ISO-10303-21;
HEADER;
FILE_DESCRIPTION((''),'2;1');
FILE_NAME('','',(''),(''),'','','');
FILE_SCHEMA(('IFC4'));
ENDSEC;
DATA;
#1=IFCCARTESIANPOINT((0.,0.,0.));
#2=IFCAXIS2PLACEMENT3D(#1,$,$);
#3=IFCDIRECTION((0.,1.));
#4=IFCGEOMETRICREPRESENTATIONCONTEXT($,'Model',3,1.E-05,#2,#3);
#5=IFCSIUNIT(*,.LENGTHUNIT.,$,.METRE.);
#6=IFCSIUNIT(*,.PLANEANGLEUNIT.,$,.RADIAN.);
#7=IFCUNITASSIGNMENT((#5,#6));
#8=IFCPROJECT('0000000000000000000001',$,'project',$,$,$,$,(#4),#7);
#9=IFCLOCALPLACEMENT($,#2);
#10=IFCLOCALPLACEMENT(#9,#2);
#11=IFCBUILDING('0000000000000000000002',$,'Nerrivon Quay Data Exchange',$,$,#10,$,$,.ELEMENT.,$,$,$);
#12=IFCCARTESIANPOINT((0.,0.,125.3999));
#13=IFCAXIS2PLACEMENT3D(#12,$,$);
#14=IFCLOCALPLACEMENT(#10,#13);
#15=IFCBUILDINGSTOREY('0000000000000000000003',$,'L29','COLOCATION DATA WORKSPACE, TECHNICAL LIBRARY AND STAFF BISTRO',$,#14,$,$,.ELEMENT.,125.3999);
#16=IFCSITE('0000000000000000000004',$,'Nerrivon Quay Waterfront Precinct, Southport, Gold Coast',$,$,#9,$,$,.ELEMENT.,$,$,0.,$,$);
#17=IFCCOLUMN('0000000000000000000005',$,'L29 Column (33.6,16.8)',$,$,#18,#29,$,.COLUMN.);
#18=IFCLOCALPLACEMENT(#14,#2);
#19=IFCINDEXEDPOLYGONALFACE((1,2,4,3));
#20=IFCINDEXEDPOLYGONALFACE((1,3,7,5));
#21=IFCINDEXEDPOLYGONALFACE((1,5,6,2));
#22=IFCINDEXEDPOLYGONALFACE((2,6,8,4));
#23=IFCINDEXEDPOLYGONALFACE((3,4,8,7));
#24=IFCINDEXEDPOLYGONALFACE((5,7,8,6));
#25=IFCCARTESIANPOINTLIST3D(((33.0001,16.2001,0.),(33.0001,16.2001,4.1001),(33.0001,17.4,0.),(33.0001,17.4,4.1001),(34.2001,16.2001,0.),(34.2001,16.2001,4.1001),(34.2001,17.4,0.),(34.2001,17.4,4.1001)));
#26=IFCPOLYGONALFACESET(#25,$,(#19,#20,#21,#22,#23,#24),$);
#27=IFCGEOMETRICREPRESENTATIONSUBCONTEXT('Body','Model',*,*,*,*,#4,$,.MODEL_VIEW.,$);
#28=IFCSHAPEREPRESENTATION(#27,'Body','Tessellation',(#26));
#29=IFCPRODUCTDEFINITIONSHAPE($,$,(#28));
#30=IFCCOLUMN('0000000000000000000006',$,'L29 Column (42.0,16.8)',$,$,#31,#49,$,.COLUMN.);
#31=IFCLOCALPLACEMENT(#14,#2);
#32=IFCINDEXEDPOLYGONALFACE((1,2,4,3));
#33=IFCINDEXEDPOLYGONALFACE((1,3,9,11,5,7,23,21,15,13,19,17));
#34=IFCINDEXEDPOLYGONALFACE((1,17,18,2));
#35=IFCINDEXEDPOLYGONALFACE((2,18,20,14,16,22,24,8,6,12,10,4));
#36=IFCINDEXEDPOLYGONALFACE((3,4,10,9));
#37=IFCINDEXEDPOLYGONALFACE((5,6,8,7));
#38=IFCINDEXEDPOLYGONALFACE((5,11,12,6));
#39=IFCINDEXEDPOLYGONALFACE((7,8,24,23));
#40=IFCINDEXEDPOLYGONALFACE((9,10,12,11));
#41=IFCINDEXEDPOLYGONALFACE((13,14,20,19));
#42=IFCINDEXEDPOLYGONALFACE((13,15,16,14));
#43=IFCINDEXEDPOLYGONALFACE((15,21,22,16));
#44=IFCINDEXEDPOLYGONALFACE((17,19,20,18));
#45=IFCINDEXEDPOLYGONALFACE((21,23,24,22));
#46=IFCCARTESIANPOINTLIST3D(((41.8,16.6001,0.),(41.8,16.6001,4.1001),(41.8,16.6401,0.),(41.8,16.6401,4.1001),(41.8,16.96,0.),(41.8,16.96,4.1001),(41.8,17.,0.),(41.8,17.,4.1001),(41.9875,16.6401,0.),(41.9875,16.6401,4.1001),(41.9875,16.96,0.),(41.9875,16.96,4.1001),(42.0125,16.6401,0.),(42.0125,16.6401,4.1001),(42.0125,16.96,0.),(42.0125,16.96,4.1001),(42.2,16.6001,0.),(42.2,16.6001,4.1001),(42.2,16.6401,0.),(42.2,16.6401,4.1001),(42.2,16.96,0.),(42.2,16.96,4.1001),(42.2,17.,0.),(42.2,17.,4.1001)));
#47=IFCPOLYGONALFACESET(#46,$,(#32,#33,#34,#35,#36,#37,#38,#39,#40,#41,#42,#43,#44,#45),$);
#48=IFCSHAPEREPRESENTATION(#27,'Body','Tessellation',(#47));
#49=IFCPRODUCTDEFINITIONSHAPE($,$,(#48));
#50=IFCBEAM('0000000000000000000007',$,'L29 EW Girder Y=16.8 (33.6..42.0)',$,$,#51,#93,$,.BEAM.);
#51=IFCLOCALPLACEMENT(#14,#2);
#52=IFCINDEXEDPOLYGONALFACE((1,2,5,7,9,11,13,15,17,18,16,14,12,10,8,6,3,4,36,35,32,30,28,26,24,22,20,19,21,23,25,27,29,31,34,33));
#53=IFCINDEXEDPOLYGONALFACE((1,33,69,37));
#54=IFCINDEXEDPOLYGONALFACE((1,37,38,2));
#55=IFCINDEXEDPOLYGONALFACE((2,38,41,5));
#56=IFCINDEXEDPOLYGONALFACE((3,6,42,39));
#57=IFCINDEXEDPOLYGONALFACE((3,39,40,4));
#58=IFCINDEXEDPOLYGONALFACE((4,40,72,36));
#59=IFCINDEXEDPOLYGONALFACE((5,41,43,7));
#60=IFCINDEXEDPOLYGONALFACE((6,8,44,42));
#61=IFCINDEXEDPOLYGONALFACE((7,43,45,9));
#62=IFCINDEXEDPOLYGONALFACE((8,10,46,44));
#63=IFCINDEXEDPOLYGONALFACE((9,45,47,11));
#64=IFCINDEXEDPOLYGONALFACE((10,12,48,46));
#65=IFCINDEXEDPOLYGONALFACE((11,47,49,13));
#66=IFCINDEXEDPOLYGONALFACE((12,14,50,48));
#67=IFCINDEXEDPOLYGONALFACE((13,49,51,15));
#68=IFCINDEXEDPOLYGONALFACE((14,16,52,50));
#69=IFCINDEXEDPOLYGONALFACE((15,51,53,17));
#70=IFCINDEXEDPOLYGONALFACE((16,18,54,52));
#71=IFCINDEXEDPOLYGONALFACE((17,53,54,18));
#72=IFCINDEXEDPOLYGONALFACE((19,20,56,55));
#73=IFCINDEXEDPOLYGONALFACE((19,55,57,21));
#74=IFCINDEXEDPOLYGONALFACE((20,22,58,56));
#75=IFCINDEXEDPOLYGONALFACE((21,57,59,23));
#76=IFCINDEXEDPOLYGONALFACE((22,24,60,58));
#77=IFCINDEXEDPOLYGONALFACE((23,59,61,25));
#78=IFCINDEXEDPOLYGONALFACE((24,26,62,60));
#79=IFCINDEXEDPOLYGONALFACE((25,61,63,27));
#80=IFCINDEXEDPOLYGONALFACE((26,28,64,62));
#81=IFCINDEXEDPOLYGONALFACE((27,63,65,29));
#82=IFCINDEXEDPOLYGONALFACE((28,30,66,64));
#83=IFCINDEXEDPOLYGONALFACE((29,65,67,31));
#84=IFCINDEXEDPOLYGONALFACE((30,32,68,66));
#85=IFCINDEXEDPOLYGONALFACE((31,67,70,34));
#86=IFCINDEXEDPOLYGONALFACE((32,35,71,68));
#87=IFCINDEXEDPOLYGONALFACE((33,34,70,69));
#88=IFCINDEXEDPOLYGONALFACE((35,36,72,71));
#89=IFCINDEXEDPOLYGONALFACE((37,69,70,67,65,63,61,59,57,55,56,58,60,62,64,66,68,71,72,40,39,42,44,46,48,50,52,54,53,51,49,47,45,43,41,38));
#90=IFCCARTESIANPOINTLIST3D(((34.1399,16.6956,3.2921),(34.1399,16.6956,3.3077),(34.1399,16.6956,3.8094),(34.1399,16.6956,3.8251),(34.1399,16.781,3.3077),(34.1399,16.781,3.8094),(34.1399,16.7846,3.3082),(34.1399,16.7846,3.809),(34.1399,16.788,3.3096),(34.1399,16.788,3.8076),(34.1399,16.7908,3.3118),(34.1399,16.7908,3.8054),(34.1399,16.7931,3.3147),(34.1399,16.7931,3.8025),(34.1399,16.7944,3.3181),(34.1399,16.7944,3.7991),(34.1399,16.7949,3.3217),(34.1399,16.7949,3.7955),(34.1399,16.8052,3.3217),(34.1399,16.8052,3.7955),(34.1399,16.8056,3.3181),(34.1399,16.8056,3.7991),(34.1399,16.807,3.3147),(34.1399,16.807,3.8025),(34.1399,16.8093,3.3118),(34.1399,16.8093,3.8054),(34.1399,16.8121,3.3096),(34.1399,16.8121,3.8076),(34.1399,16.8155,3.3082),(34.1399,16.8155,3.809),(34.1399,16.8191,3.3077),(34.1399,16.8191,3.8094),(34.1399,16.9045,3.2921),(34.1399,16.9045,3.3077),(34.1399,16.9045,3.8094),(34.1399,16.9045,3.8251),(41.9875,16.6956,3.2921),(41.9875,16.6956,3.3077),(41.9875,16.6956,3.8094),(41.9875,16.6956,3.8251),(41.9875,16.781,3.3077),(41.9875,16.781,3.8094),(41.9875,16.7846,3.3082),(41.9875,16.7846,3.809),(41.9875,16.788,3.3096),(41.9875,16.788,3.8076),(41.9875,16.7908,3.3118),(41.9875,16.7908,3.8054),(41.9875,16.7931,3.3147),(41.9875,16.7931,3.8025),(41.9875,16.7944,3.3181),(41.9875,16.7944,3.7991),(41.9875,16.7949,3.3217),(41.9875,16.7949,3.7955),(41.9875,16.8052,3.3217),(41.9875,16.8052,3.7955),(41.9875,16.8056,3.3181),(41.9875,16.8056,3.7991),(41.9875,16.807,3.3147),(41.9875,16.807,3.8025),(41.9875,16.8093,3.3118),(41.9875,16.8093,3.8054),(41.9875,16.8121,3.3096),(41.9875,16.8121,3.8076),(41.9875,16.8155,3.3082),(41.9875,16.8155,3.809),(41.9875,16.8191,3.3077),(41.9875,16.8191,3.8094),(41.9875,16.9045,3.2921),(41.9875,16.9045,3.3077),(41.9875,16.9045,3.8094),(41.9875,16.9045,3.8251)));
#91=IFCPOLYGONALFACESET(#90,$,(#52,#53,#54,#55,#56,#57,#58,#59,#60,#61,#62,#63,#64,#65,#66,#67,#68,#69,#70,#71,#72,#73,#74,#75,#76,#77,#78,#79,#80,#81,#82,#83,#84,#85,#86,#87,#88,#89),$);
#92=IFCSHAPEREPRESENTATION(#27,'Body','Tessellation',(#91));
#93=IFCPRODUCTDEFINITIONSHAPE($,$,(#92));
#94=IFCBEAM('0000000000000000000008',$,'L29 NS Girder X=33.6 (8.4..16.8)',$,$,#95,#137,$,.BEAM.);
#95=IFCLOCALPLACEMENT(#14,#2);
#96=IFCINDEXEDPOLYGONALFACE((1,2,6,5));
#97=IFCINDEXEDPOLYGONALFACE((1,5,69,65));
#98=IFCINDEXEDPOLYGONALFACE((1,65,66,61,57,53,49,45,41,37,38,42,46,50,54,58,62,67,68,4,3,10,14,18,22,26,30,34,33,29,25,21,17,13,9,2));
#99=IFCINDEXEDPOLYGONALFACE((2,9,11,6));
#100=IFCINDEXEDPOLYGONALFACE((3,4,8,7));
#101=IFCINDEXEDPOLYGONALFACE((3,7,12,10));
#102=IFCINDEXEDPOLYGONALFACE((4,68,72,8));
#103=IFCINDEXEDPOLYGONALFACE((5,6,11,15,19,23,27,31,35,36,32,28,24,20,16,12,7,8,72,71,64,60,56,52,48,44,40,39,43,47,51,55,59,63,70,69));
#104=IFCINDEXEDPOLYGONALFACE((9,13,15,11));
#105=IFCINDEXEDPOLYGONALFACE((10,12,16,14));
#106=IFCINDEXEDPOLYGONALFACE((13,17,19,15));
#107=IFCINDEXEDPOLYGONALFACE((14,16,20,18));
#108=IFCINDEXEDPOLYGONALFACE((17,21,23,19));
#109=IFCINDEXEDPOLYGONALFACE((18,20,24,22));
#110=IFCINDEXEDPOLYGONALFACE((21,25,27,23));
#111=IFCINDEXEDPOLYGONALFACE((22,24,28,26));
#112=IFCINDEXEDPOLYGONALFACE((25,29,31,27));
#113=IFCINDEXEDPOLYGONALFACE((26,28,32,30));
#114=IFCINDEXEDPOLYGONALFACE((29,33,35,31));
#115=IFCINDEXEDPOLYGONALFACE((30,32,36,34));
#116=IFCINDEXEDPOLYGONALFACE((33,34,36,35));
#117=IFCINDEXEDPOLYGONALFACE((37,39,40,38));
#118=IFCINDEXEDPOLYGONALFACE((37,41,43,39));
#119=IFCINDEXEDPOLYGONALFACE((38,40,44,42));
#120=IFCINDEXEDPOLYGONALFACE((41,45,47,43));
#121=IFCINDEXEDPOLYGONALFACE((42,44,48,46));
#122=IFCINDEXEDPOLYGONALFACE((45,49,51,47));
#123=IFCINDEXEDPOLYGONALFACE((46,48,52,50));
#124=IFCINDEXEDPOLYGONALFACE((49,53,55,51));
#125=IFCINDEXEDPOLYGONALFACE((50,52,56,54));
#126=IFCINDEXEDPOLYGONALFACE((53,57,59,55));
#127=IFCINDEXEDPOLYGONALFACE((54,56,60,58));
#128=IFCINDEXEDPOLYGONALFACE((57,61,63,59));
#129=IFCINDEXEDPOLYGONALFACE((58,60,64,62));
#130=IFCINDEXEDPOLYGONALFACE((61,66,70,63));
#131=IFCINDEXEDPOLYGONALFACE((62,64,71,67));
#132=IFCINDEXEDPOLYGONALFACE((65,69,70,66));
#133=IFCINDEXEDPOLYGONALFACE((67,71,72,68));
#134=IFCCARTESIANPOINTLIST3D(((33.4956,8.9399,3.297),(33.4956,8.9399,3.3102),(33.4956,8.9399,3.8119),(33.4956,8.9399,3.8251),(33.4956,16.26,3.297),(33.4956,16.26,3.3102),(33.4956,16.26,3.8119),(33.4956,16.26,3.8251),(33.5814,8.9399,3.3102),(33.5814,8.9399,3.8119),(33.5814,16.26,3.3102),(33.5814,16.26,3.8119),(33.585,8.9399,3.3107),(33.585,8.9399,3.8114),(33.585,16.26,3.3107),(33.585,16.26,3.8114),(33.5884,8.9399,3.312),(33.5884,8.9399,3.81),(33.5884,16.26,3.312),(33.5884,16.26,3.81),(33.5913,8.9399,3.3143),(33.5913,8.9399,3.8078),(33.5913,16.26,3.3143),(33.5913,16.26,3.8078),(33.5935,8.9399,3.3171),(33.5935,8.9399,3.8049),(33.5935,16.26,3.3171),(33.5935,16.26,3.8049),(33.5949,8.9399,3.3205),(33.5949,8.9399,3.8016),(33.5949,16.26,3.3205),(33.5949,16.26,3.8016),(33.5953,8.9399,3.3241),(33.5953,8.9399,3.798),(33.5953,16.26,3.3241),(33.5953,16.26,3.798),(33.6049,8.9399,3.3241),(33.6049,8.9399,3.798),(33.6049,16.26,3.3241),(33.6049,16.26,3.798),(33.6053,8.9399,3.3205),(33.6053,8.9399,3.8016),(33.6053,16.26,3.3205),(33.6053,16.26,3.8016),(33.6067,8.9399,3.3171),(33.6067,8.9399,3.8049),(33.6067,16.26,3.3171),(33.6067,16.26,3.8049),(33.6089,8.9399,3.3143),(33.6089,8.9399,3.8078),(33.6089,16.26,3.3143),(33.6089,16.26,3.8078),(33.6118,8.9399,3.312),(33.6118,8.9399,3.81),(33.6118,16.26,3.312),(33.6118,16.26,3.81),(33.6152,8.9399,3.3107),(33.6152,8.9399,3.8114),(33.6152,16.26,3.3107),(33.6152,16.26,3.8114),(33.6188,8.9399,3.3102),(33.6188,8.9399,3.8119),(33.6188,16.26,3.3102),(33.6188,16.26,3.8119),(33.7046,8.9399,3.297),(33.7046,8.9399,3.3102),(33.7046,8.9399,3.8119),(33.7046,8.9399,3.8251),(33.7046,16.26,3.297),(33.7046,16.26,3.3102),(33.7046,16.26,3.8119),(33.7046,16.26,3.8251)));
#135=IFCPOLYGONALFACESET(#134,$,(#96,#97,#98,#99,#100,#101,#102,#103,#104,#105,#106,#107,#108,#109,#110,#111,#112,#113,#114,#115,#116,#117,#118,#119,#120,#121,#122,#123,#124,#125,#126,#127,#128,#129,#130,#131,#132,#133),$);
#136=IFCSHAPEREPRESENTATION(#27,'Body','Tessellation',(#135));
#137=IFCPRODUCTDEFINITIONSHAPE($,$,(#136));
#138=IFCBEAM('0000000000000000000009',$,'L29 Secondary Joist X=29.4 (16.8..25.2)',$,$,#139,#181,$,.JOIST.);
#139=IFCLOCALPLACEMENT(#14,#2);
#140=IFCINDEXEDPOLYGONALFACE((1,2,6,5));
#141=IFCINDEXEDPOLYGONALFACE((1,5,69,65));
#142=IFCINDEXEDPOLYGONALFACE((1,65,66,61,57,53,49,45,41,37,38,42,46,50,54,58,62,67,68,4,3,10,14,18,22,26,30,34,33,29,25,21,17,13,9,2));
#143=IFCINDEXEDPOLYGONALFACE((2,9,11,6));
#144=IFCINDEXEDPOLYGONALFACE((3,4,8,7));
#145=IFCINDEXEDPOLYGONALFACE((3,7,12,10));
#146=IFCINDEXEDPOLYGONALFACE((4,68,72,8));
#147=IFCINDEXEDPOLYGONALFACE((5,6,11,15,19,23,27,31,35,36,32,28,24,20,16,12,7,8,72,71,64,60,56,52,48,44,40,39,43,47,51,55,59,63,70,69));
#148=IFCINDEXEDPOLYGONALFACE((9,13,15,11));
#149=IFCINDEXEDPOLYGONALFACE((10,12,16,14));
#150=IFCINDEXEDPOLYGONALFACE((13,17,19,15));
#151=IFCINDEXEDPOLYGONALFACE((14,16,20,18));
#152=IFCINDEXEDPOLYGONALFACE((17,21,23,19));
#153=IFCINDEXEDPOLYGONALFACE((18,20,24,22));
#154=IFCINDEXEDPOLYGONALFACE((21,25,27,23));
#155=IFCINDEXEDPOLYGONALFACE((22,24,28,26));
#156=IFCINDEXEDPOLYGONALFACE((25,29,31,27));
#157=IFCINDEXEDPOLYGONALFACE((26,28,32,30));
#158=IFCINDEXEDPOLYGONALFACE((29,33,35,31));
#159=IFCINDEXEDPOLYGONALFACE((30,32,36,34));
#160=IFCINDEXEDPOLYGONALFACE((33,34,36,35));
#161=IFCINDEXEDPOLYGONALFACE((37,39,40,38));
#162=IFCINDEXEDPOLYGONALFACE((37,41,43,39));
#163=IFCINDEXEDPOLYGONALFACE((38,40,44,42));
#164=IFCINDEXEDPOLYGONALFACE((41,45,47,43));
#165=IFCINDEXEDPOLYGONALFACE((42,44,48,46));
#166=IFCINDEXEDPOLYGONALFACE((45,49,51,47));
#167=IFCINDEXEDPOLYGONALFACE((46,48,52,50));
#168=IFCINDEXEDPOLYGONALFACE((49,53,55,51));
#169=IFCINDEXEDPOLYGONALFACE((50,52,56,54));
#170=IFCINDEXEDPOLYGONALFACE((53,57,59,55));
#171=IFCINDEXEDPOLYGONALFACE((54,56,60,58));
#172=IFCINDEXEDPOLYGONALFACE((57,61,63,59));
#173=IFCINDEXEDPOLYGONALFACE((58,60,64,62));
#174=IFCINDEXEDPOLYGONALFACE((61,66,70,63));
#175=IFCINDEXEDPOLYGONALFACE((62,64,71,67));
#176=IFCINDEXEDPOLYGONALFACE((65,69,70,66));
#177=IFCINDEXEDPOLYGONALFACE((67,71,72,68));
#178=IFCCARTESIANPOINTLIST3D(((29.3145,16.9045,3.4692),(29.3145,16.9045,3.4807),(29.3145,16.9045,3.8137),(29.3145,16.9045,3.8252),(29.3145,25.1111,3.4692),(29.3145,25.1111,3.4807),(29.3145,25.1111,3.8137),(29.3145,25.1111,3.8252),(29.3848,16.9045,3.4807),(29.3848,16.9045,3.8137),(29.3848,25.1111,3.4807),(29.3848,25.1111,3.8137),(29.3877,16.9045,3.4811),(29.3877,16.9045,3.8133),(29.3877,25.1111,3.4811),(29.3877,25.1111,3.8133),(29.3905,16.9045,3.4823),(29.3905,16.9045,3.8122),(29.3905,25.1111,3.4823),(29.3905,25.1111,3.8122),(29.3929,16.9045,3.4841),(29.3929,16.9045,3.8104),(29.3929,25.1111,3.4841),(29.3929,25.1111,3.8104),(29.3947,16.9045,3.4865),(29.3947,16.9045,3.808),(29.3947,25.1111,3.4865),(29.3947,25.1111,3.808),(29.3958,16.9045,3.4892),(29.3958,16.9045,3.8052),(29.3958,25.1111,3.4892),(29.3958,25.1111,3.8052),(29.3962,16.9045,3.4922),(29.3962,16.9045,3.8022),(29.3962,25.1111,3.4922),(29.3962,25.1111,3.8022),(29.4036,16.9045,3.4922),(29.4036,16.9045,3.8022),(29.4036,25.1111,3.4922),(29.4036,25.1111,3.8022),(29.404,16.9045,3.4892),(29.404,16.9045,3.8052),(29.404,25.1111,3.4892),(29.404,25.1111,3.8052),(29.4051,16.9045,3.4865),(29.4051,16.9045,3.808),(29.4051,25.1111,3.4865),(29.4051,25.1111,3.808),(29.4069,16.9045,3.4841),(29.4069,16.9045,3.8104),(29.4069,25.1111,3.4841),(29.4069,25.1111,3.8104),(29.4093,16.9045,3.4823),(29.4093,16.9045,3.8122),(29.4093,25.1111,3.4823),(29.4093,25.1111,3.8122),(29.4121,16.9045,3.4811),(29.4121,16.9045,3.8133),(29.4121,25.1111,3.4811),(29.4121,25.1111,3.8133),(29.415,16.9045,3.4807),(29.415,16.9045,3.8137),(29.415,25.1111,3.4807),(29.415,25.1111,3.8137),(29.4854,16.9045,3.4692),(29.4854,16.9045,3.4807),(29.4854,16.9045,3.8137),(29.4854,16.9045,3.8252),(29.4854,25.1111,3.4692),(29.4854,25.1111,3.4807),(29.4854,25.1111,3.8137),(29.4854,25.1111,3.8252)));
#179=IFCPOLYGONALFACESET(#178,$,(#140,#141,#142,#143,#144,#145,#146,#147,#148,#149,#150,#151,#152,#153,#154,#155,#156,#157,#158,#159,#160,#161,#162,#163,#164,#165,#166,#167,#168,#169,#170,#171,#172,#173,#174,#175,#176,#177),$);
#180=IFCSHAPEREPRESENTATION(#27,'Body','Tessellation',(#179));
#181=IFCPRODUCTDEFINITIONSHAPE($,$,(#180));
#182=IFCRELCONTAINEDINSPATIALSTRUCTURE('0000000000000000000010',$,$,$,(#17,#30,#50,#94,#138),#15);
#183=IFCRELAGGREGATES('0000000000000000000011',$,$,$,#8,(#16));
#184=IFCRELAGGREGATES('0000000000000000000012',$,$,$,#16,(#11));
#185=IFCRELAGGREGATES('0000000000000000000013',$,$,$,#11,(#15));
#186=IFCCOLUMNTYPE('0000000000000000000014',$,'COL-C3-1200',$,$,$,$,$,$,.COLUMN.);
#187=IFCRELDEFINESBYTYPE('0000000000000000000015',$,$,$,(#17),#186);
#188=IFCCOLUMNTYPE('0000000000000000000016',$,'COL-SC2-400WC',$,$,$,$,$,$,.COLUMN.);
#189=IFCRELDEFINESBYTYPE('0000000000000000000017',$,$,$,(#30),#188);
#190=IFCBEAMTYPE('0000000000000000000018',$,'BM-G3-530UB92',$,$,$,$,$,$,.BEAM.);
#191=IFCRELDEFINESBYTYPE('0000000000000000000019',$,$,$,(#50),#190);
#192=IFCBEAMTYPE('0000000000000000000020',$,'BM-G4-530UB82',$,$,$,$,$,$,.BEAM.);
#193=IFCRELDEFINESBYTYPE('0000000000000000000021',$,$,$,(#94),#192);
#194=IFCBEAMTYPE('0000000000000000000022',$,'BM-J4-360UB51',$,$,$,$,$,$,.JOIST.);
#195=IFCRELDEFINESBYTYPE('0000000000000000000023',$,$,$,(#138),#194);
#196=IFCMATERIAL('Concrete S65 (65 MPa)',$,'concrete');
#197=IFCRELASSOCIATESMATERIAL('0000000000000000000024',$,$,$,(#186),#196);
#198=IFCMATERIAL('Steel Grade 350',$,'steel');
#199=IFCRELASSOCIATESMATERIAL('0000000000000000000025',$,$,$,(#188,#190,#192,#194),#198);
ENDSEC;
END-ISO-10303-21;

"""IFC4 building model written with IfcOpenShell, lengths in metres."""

from ifc_helpers import new_model, si_unit, direction, frame, origin, origin_2d, place, context, subcontext, project, spatial, rectangle, i_section, extrude, material, material_profile, profile_set, type_object, element, save


model = new_model("IFC4")

# Units and contexts
model_context = context("Model", 3, precision=1e-05, world=origin(), true_north=direction((0.0, 1.0)))
body_context = subcontext(model_context, "Body", "Model", "MODEL_VIEW")
ifc_project = project(units=[si_unit("LENGTHUNIT", "METRE"), si_unit("PLANEANGLEUNIT", "RADIAN")], contexts=[model_context])

# Site, building, storey
site_placement = place(None, origin())
site = spatial("IfcSite", under=ifc_project, at=site_placement, Name="Nerrivon Quay Waterfront Precinct, Southport, Gold Coast", CompositionType="ELEMENT", RefElevation=0.0)
building_placement = place(site_placement, origin())
building = spatial("IfcBuilding", under=site, at=building_placement, Name="Nerrivon Quay Data Exchange", CompositionType="ELEMENT")
storey_placement = place(building_placement, frame((0.0, 0.0, 125.3999)))
storey = spatial("IfcBuildingStorey", under=building, at=storey_placement, Name="L29", Description="COLOCATION DATA WORKSPACE, TECHNICAL LIBRARY AND STAFF BISTRO", CompositionType="ELEMENT", Elevation=125.3999)

# Columns
ifc_material_1 = material(Name="Concrete S65 (65 MPa)", Category="concrete")
ifc_material_profile_1 = material_profile(ifc_material_1, rectangle(XDim=1.2, YDim=1.2, at=origin_2d()), Name="RC-COL-1200x1200")
ifc_profile_set_1 = profile_set([ifc_material_profile_1], Name="Concrete S65 (65 MPa)")
column_type_1 = type_object("IfcColumnType", Name="COL-C3-1200", PredefinedType="COLUMN", material=ifc_profile_set_1)
column_1_placement = place(storey_placement, frame((33.6001, 16.8, 0.0), z_axis=(0.0, 0.0, 1.0), x_axis=(1.0, 0.0, 0.0)))
element("IfcColumn", 1, at=column_1_placement, inside=storey, type_object=column_type_1, Name="L29 Column (33.6,16.8)", PredefinedType="COLUMN", context=body_context, shape_type="SweptSolid", body=[
    extrude(rectangle(XDim=1.2, YDim=1.2, at=origin_2d()), origin(), (0.0, 0.0, 1.0), 4.1001),
])
ifc_material_2 = material(Name="Steel Grade 350", Category="steel")
ifc_material_profile_2 = material_profile(ifc_material_2, i_section(OverallWidth=0.3999, OverallDepth=0.3999, WebThickness=0.0249, FlangeThickness=0.04, at=origin_2d()), Name="400WC328")
ifc_profile_set_2 = profile_set([ifc_material_profile_2], Name="Steel Grade 350")
column_type_2 = type_object("IfcColumnType", Name="COL-SC2-400WC", PredefinedType="COLUMN", material=ifc_profile_set_2)
column_2_placement = place(storey_placement, frame((42.0, 16.8, 0.0), z_axis=(0.0, 0.0, 1.0), x_axis=(1.0, 0.0, 0.0)))
element("IfcColumn", 2, at=column_2_placement, inside=storey, type_object=column_type_2, Name="L29 Column (42.0,16.8)", PredefinedType="COLUMN", context=body_context, shape_type="SweptSolid", body=[
    extrude(i_section(OverallWidth=0.3999, OverallDepth=0.3999, WebThickness=0.0249, FlangeThickness=0.04, at=origin_2d()), origin(), (0.0, 0.0, 1.0), 4.1001),
])

# Beams
ifc_material_profile_3 = material_profile(ifc_material_2, i_section(OverallWidth=0.209, OverallDepth=0.533, WebThickness=0.0103, FlangeThickness=0.0156, FilletRadius=0.0139, at=origin_2d()), Name="530UB92.4")
ifc_profile_set_3 = profile_set([ifc_material_profile_3], Name="Steel Grade 350")
beam_type_1 = type_object("IfcBeamType", Name="BM-G3-530UB92", PredefinedType="BEAM", material=ifc_profile_set_3)
beam_1_placement = place(storey_placement, frame((34.1399, 16.8, 3.5586), z_axis=(1.0, 0.0, 0.0), x_axis=(0.0, 1.0, 0.0)))
element("IfcBeam", 3, at=beam_1_placement, inside=storey, type_object=beam_type_1, Name="L29 EW Girder Y=16.8 (33.6..42.0)", PredefinedType="BEAM", context=body_context, shape_type="SweptSolid", body=[
    extrude(i_section(OverallWidth=0.209, OverallDepth=0.533, WebThickness=0.0103, FlangeThickness=0.0156, FilletRadius=0.0139, at=origin_2d()), origin(), (0.0, 0.0, 1.0), 7.8477),
])
ifc_material_profile_4 = material_profile(ifc_material_2, i_section(OverallWidth=0.209, OverallDepth=0.5281, WebThickness=0.0095, FlangeThickness=0.0132, FilletRadius=0.0139, at=origin_2d()), Name="530UB82.0")
ifc_profile_set_4 = profile_set([ifc_material_profile_4], Name="Steel Grade 350")
beam_type_2 = type_object("IfcBeamType", Name="BM-G4-530UB82", PredefinedType="BEAM", material=ifc_profile_set_4)
beam_2_placement = place(storey_placement, frame((33.6001, 8.9399, 3.561), z_axis=(0.0, 1.0, 0.0), x_axis=(-1.0, 0.0, 0.0)))
element("IfcBeam", 4, at=beam_2_placement, inside=storey, type_object=beam_type_2, Name="L29 NS Girder X=33.6 (8.4..16.8)", PredefinedType="BEAM", context=body_context, shape_type="SweptSolid", body=[
    extrude(i_section(OverallWidth=0.209, OverallDepth=0.5281, WebThickness=0.0095, FlangeThickness=0.0132, FilletRadius=0.0139, at=origin_2d()), origin(), (0.0, 0.0, 1.0), 7.3201),
])
ifc_material_profile_5 = material_profile(ifc_material_2, i_section(OverallWidth=0.1709, OverallDepth=0.356, WebThickness=0.0073, FlangeThickness=0.0115, FilletRadius=0.0115, at=origin_2d()), Name="360UB50.7")
ifc_profile_set_5 = profile_set([ifc_material_profile_5], Name="Steel Grade 350")
beam_type_3 = type_object("IfcBeamType", Name="BM-J4-360UB51", PredefinedType="JOIST", material=ifc_profile_set_5)
beam_3_placement = place(storey_placement, frame((29.3999, 16.9045, 3.6472), z_axis=(0.0, 1.0, 0.0), x_axis=(-1.0, 0.0, 0.0)))
element("IfcBeam", 5, at=beam_3_placement, inside=storey, type_object=beam_type_3, Name="L29 Secondary Joist X=29.4 (16.8..25.2)", PredefinedType="JOIST", context=body_context, shape_type="SweptSolid", body=[
    extrude(i_section(OverallWidth=0.1709, OverallDepth=0.356, WebThickness=0.0073, FlangeThickness=0.0115, FilletRadius=0.0115, at=origin_2d()), origin(), (0.0, 0.0, 1.0), 8.2065),
])

save(model, "model.ifc")
